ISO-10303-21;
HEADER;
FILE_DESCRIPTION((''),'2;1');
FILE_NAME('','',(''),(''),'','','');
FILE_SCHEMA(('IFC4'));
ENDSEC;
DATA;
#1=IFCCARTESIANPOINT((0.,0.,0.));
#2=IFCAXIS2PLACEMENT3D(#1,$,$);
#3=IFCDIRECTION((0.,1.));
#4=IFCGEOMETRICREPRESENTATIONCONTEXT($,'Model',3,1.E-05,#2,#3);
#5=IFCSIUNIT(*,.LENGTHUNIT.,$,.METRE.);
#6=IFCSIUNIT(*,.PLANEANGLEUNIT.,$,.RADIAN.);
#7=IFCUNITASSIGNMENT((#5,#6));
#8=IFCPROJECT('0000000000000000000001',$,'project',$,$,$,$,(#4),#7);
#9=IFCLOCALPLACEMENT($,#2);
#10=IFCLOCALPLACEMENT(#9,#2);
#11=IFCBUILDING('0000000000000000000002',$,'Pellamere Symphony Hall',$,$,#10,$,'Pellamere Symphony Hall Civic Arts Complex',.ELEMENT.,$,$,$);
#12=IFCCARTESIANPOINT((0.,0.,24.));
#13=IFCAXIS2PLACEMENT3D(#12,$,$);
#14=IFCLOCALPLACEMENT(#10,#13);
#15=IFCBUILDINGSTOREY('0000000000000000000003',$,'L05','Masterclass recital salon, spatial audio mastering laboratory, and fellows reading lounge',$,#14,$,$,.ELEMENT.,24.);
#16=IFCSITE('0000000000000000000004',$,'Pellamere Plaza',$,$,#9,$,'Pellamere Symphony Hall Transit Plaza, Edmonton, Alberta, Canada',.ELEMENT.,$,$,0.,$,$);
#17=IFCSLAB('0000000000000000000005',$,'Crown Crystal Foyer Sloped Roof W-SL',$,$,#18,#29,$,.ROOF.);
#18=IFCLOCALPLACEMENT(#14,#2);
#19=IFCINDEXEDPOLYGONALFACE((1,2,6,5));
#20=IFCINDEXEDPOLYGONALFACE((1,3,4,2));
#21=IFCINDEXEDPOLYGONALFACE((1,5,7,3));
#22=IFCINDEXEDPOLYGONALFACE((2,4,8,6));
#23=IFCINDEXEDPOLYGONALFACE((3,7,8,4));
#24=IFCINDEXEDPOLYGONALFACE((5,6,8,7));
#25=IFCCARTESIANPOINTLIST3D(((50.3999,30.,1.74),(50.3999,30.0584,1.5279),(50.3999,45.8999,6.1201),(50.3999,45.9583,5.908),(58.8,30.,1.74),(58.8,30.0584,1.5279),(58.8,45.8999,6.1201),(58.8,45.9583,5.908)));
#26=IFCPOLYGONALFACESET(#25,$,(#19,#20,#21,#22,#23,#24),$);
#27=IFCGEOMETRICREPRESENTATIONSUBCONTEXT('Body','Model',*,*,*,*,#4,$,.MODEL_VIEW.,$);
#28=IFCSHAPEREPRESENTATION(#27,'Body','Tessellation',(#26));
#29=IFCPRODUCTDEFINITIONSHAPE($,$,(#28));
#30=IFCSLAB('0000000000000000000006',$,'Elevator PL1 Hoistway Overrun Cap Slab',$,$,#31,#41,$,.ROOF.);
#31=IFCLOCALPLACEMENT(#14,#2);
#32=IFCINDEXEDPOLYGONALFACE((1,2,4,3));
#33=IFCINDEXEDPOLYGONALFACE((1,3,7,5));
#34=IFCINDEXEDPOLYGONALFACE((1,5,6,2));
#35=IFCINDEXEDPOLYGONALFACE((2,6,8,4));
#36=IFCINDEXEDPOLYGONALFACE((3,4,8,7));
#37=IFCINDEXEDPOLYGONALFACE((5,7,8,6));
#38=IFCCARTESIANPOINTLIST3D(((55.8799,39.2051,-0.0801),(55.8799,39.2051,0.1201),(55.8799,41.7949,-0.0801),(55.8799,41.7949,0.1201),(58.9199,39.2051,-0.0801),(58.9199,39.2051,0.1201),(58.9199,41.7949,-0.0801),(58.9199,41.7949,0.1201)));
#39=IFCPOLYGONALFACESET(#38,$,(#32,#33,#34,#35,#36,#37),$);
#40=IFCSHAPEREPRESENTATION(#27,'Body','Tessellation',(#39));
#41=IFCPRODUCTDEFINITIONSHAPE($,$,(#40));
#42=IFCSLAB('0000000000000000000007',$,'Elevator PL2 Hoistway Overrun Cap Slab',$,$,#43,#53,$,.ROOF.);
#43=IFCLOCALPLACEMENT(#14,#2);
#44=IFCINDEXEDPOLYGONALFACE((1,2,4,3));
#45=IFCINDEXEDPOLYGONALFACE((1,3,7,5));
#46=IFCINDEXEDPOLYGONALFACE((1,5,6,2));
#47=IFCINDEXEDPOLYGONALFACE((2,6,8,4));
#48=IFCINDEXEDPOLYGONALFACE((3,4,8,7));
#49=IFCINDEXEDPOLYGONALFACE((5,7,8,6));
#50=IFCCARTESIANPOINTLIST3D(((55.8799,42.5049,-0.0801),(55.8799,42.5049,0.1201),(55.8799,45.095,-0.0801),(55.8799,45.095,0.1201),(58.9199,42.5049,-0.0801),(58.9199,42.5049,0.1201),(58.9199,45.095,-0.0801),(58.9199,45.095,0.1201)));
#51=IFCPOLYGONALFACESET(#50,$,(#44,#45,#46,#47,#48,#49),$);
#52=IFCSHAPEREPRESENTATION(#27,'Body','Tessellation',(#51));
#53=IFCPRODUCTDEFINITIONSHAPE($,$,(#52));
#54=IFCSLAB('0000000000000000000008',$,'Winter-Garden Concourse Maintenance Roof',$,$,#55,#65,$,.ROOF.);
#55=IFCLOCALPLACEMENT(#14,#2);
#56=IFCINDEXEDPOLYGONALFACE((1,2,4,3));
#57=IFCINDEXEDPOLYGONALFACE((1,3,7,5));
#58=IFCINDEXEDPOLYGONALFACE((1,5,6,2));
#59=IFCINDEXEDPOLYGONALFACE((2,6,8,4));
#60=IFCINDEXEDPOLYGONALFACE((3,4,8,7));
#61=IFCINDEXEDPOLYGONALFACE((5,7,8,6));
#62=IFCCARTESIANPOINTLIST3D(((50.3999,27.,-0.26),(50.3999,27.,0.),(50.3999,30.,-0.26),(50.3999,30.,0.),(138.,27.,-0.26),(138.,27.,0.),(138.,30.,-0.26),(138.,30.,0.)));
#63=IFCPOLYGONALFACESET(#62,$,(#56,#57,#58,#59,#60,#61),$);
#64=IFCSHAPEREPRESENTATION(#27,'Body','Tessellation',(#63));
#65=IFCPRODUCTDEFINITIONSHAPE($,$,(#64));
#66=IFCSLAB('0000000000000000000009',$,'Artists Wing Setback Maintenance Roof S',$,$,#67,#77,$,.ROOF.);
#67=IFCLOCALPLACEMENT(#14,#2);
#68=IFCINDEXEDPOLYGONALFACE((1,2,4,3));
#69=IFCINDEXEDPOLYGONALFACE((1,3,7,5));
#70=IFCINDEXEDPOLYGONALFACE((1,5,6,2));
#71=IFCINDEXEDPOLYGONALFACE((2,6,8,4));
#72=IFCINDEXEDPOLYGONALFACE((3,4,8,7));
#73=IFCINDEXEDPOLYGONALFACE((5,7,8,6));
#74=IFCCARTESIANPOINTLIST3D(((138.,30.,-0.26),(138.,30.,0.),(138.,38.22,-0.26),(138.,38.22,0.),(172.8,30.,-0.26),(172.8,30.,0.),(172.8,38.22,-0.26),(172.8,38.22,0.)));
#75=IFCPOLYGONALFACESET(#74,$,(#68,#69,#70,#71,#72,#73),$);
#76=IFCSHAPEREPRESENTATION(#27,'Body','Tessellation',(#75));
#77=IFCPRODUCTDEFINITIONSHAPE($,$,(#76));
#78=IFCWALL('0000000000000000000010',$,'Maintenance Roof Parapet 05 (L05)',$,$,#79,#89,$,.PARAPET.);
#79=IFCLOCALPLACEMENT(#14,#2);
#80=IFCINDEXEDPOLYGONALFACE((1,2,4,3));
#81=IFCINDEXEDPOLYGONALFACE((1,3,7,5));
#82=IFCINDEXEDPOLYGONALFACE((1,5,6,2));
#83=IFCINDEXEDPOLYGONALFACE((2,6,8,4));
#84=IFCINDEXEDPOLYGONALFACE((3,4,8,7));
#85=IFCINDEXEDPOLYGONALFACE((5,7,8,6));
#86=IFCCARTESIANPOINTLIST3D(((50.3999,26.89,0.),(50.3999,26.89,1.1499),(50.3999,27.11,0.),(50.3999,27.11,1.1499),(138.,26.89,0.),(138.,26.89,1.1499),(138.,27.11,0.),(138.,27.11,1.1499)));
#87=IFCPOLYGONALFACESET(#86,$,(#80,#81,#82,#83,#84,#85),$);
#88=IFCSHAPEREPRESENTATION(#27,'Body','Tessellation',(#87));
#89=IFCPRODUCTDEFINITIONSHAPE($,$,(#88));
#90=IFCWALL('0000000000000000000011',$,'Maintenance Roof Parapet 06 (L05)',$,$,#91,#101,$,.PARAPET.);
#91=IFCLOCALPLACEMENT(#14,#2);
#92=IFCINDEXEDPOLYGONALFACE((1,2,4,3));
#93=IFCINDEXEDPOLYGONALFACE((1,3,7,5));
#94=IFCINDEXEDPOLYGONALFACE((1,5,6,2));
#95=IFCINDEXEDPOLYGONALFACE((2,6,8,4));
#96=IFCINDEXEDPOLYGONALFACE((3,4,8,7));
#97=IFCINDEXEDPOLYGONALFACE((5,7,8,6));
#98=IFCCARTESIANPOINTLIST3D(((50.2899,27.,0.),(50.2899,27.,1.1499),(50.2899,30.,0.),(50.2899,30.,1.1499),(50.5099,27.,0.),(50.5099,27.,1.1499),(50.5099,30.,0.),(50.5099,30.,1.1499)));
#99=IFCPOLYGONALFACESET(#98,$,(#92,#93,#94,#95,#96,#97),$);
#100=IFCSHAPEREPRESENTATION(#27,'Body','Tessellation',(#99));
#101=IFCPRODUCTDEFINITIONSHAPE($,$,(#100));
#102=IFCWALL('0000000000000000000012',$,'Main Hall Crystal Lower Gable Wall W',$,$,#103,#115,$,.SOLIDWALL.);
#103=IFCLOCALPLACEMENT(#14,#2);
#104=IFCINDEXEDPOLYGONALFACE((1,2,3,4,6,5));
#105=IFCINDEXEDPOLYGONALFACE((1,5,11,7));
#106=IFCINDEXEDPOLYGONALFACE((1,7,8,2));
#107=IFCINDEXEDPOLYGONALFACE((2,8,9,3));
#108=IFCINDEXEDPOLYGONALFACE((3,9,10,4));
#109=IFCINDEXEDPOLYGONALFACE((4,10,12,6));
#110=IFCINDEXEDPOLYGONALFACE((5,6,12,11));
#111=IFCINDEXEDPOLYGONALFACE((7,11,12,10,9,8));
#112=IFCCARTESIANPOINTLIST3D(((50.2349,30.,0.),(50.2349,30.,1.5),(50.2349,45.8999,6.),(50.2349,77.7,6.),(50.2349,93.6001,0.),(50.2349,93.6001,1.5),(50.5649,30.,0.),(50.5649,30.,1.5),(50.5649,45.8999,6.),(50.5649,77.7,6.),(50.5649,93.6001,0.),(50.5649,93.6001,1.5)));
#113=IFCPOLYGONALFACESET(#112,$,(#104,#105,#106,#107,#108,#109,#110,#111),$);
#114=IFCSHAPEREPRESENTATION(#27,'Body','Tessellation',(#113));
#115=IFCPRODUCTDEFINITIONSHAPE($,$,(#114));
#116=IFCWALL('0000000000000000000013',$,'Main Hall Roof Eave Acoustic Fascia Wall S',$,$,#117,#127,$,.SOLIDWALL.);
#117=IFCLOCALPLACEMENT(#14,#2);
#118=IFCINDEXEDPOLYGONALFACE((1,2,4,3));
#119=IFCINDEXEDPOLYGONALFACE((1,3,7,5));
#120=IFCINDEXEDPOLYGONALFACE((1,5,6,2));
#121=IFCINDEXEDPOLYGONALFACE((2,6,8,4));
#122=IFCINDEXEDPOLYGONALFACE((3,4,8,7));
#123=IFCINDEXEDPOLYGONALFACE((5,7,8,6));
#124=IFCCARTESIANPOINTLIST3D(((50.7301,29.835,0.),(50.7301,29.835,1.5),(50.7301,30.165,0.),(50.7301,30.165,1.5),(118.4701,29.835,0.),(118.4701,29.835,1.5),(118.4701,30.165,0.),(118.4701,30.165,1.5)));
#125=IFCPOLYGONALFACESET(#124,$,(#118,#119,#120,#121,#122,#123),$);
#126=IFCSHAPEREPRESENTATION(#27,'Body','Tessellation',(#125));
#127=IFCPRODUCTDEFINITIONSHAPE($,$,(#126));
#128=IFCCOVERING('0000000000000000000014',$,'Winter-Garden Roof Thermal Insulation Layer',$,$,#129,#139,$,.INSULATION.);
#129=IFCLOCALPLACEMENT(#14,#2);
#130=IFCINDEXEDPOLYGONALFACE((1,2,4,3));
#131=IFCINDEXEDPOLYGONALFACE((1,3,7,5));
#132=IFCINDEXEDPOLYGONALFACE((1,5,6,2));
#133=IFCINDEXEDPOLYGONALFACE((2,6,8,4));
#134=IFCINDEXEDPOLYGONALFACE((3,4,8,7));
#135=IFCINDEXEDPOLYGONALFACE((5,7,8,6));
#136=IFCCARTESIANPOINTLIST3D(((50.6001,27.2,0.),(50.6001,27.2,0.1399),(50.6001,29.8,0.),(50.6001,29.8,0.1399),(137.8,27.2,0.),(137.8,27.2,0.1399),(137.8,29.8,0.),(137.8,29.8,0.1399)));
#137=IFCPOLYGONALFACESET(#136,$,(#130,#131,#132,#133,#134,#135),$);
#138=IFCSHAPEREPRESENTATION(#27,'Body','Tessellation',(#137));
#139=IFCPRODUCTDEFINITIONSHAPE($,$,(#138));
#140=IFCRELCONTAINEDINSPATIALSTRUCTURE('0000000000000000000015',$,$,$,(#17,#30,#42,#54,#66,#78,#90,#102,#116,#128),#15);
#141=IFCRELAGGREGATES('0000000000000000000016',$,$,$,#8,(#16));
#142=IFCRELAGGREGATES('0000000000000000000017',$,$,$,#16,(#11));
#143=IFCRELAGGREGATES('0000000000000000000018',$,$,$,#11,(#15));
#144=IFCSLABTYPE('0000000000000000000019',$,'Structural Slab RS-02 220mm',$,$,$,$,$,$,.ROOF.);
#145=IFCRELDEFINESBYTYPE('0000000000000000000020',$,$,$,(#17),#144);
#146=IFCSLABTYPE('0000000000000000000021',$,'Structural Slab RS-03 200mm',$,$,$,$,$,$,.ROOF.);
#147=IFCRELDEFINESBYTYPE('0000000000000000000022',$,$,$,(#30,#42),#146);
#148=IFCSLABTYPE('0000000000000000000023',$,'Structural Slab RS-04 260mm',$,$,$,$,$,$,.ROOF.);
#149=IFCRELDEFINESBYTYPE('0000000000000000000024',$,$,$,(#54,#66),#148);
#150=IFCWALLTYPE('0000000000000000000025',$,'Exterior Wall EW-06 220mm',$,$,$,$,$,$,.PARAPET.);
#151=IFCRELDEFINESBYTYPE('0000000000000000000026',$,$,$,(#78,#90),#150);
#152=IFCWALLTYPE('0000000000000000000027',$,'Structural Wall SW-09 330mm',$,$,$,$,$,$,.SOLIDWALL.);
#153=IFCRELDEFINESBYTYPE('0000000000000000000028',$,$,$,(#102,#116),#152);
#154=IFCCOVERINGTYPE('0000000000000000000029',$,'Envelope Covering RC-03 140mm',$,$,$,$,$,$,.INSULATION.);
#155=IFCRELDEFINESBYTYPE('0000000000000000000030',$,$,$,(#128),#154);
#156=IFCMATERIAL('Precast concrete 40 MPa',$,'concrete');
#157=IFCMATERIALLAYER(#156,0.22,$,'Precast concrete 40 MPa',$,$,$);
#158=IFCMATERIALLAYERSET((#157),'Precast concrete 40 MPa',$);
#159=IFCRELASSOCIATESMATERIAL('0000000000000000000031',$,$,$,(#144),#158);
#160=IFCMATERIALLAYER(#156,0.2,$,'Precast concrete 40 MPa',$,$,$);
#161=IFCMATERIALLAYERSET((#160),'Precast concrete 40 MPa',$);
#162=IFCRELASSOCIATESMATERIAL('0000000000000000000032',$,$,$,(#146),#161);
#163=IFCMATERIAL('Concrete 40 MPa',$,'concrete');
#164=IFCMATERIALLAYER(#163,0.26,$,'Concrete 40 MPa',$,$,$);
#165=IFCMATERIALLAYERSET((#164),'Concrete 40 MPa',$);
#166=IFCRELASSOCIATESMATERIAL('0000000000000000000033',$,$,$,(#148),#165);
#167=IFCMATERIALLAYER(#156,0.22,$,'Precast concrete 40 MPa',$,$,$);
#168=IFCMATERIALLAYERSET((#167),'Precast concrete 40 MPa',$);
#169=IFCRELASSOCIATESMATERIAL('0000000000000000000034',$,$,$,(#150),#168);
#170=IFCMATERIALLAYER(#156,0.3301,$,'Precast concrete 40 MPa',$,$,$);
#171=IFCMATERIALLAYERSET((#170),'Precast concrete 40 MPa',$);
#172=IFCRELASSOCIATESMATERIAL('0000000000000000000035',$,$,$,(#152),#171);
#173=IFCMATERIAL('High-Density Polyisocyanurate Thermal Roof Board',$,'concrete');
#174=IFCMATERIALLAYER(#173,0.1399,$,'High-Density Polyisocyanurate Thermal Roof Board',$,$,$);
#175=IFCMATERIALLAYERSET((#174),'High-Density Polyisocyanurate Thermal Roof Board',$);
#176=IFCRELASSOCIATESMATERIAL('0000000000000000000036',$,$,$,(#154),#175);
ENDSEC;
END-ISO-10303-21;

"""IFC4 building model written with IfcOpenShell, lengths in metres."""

from ifc_helpers import new_model, si_unit, direction, frame, frame_2d, origin, place, context, subcontext, project, spatial, polyline, rectangle, outline, extrude, material, layer, layer_set, type_object, element, save


model = new_model("IFC4")

# Units and contexts
model_context = context("Model", 3, precision=1e-05, world=origin(), true_north=direction((0.0, 1.0)))
body_context = subcontext(model_context, "Body", "Model", "MODEL_VIEW")
ifc_project = project(units=[si_unit("LENGTHUNIT", "METRE"), si_unit("PLANEANGLEUNIT", "RADIAN")], contexts=[model_context])

# Site, building, storey
site_placement = place(None, origin())
site = spatial("IfcSite", under=ifc_project, at=site_placement, Name="Pellamere Plaza", LongName="Pellamere Symphony Hall Transit Plaza, Edmonton, Alberta, Canada", CompositionType="ELEMENT", RefElevation=0.0)
building_placement = place(site_placement, origin())
building = spatial("IfcBuilding", under=site, at=building_placement, Name="Pellamere Symphony Hall", LongName="Pellamere Symphony Hall Civic Arts Complex", CompositionType="ELEMENT")
storey_placement = place(building_placement, frame((0.0, 0.0, 24.0)))
storey = spatial("IfcBuildingStorey", under=building, at=storey_placement, Name="L05", Description="Masterclass recital salon, spatial audio mastering laboratory, and fellows reading lounge", CompositionType="ELEMENT", Elevation=24.0)

# Shared definitions
ifc_material_1 = material(Name="Concrete 40 MPa", Category="concrete")

# Slabs
ifc_material_2 = material(Name="Precast concrete 40 MPa", Category="concrete")
ifc_layer_1 = layer(ifc_material_2, 0.22, Name="Precast concrete 40 MPa")
ifc_layer_set_1 = layer_set([ifc_layer_1], Name="Precast concrete 40 MPa")
slab_type_1 = type_object("IfcSlabType", Name="Structural Slab RS-02 220mm", PredefinedType="ROOF", material=ifc_layer_set_1)
slab_1_placement = place(storey_placement, frame((50.3999, 30.0, 1.74), z_axis=(0.0, -0.265588, 0.964087), x_axis=(1.0, 0.0, 0.0)))
element("IfcSlab", 1, at=slab_1_placement, inside=storey, type_object=slab_type_1, Name="Crown Crystal Foyer Sloped Roof W-SL", PredefinedType="ROOF", context=body_context, shape_type="SweptSolid", body=[
    extrude(outline(polyline([(0.0, 0.0), (8.4001, 0.0), (8.4001, 16.4922), (0.0, 16.4922), (0.0, 0.0)])), origin(), (0.0, 0.0, -1.0), 0.22),
])
ifc_layer_2 = layer(ifc_material_2, 0.2, Name="Precast concrete 40 MPa")
ifc_layer_set_2 = layer_set([ifc_layer_2], Name="Precast concrete 40 MPa")
slab_type_2 = type_object("IfcSlabType", Name="Structural Slab RS-03 200mm", PredefinedType="ROOF", material=ifc_layer_set_2)
slab_2_placement = place(storey_placement, frame((0.0, 0.0, -0.0801)))
element("IfcSlab", 2, at=slab_2_placement, inside=storey, type_object=slab_type_2, Name="Elevator PL1 Hoistway Overrun Cap Slab", PredefinedType="ROOF", context=body_context, shape_type="SweptSolid", body=[
    extrude(outline(polyline([(55.8799, 39.2051), (58.9199, 39.2051), (58.9199, 41.7949), (55.8799, 41.7949), (55.8799, 39.2051)])), origin(), (0.0, 0.0, 1.0), 0.2002),
])
slab_3_placement = place(storey_placement, frame((0.0, 0.0, -0.0801)))
element("IfcSlab", 3, at=slab_3_placement, inside=storey, type_object=slab_type_2, Name="Elevator PL2 Hoistway Overrun Cap Slab", PredefinedType="ROOF", context=body_context, shape_type="SweptSolid", body=[
    extrude(outline(polyline([(55.8799, 42.5049), (58.9199, 42.5049), (58.9199, 45.095), (55.8799, 45.095), (55.8799, 42.5049)])), origin(), (0.0, 0.0, 1.0), 0.2002),
])
ifc_layer_3 = layer(ifc_material_1, 0.26, Name="Concrete 40 MPa")
ifc_layer_set_3 = layer_set([ifc_layer_3], Name="Concrete 40 MPa")
slab_type_3 = type_object("IfcSlabType", Name="Structural Slab RS-04 260mm", PredefinedType="ROOF", material=ifc_layer_set_3)
slab_4_placement = place(storey_placement, frame((0.0, 0.0, -0.26)))
element("IfcSlab", 4, at=slab_4_placement, inside=storey, type_object=slab_type_3, Name="Winter-Garden Concourse Maintenance Roof", PredefinedType="ROOF", context=body_context, shape_type="SweptSolid", body=[
    extrude(outline(polyline([(138.0, 27.0), (138.0, 30.0), (50.3999, 30.0), (50.3999, 27.0), (138.0, 27.0)])), origin(), (0.0, 0.0, 1.0), 0.26),
])
slab_5_placement = place(storey_placement, frame((0.0, 0.0, -0.26)))
element("IfcSlab", 5, at=slab_5_placement, inside=storey, type_object=slab_type_3, Name="Artists Wing Setback Maintenance Roof S", PredefinedType="ROOF", context=body_context, shape_type="SweptSolid", body=[
    extrude(outline(polyline([(172.8, 30.0), (172.8, 38.22), (138.0, 38.22), (138.0, 30.0), (172.8, 30.0)])), origin(), (0.0, 0.0, 1.0), 0.26),
])

# Walls
ifc_layer_4 = layer(ifc_material_2, 0.22, Name="Precast concrete 40 MPa")
ifc_layer_set_4 = layer_set([ifc_layer_4], Name="Precast concrete 40 MPa")
wall_type_1 = type_object("IfcWallType", Name="Exterior Wall EW-06 220mm", PredefinedType="PARAPET", material=ifc_layer_set_4)
wall_1_placement = place(storey_placement, frame((50.3999, 27.0, 0.0), z_axis=(0.0, 0.0, 1.0), x_axis=(1.0, 0.0, 0.0)))
element("IfcWall", 6, at=wall_1_placement, inside=storey, type_object=wall_type_1, Name="Maintenance Roof Parapet 05 (L05)", PredefinedType="PARAPET", context=body_context, shape_type="SweptSolid", body=[
    extrude(rectangle(XDim=87.6001, YDim=0.22, at=frame_2d((43.8, 0.0))), origin(), (0.0, 0.0, 1.0), 1.1499),
])
wall_2_placement = place(storey_placement, frame((50.3999, 27.0, 0.0), z_axis=(0.0, 0.0, 1.0), x_axis=(0.0, 1.0, 0.0)))
element("IfcWall", 7, at=wall_2_placement, inside=storey, type_object=wall_type_1, Name="Maintenance Roof Parapet 06 (L05)", PredefinedType="PARAPET", context=body_context, shape_type="SweptSolid", body=[
    extrude(rectangle(XDim=3.0, YDim=0.22, at=frame_2d((1.5, 0.0))), origin(), (0.0, 0.0, 1.0), 1.1499),
])
ifc_layer_5 = layer(ifc_material_2, 0.3301, Name="Precast concrete 40 MPa")
ifc_layer_set_5 = layer_set([ifc_layer_5], Name="Precast concrete 40 MPa")
wall_type_2 = type_object("IfcWallType", Name="Structural Wall SW-09 330mm", PredefinedType="SOLIDWALL", material=ifc_layer_set_5)
wall_3_placement = place(storey_placement, frame((50.3999, 30.0, 0.0), z_axis=(0.0, 0.0, 1.0), x_axis=(0.0, 1.0, 0.0)))
element("IfcWall", 8, at=wall_3_placement, inside=storey, type_object=wall_type_2, Name="Main Hall Crystal Lower Gable Wall W", PredefinedType="SOLIDWALL", context=body_context, shape_type="SweptSolid", body=[
    extrude(outline(polyline([(0.0, 0.0), (63.6001, 0.0), (63.6001, 1.5), (47.7, 6.0), (15.8999, 6.0), (0.0, 1.5), (0.0, 0.0)])), frame((0.0, 0.165, 0.0), z_axis=(0.0, -1.0, 0.0), x_axis=(1.0, 0.0, 0.0)), (0.0, 0.0, 1.0), 0.3301),
])
wall_4_placement = place(storey_placement, frame((50.73, 30.0, 0.0), z_axis=(0.0, 0.0, 1.0), x_axis=(1.0, 0.0, 0.0)))
element("IfcWall", 9, at=wall_4_placement, inside=storey, type_object=wall_type_2, Name="Main Hall Roof Eave Acoustic Fascia Wall S", PredefinedType="SOLIDWALL", context=body_context, shape_type="SweptSolid", body=[
    extrude(rectangle(XDim=67.74, YDim=0.3301, at=frame_2d((33.8701, 0.0))), origin(), (0.0, 0.0, 1.0), 1.5),
])

# Covering
ifc_material_3 = material(Name="High-Density Polyisocyanurate Thermal Roof Board", Category="concrete")
ifc_layer_6 = layer(ifc_material_3, 0.1399, Name="High-Density Polyisocyanurate Thermal Roof Board")
ifc_layer_set_6 = layer_set([ifc_layer_6], Name="High-Density Polyisocyanurate Thermal Roof Board")
covering_type = type_object("IfcCoveringType", Name="Envelope Covering RC-03 140mm", PredefinedType="INSULATION", material=ifc_layer_set_6)
covering_placement = place(storey_placement, origin())
element("IfcCovering", 10, at=covering_placement, inside=storey, type_object=covering_type, Name="Winter-Garden Roof Thermal Insulation Layer", PredefinedType="INSULATION", context=body_context, shape_type="SweptSolid", body=[
    extrude(outline(polyline([(50.6001, 27.2), (137.8, 27.2), (137.8, 29.8), (50.6001, 29.8), (50.6001, 27.2)])), origin(), (0.0, 0.0, 1.0), 0.1399),
])

save(model, "model.ifc")
